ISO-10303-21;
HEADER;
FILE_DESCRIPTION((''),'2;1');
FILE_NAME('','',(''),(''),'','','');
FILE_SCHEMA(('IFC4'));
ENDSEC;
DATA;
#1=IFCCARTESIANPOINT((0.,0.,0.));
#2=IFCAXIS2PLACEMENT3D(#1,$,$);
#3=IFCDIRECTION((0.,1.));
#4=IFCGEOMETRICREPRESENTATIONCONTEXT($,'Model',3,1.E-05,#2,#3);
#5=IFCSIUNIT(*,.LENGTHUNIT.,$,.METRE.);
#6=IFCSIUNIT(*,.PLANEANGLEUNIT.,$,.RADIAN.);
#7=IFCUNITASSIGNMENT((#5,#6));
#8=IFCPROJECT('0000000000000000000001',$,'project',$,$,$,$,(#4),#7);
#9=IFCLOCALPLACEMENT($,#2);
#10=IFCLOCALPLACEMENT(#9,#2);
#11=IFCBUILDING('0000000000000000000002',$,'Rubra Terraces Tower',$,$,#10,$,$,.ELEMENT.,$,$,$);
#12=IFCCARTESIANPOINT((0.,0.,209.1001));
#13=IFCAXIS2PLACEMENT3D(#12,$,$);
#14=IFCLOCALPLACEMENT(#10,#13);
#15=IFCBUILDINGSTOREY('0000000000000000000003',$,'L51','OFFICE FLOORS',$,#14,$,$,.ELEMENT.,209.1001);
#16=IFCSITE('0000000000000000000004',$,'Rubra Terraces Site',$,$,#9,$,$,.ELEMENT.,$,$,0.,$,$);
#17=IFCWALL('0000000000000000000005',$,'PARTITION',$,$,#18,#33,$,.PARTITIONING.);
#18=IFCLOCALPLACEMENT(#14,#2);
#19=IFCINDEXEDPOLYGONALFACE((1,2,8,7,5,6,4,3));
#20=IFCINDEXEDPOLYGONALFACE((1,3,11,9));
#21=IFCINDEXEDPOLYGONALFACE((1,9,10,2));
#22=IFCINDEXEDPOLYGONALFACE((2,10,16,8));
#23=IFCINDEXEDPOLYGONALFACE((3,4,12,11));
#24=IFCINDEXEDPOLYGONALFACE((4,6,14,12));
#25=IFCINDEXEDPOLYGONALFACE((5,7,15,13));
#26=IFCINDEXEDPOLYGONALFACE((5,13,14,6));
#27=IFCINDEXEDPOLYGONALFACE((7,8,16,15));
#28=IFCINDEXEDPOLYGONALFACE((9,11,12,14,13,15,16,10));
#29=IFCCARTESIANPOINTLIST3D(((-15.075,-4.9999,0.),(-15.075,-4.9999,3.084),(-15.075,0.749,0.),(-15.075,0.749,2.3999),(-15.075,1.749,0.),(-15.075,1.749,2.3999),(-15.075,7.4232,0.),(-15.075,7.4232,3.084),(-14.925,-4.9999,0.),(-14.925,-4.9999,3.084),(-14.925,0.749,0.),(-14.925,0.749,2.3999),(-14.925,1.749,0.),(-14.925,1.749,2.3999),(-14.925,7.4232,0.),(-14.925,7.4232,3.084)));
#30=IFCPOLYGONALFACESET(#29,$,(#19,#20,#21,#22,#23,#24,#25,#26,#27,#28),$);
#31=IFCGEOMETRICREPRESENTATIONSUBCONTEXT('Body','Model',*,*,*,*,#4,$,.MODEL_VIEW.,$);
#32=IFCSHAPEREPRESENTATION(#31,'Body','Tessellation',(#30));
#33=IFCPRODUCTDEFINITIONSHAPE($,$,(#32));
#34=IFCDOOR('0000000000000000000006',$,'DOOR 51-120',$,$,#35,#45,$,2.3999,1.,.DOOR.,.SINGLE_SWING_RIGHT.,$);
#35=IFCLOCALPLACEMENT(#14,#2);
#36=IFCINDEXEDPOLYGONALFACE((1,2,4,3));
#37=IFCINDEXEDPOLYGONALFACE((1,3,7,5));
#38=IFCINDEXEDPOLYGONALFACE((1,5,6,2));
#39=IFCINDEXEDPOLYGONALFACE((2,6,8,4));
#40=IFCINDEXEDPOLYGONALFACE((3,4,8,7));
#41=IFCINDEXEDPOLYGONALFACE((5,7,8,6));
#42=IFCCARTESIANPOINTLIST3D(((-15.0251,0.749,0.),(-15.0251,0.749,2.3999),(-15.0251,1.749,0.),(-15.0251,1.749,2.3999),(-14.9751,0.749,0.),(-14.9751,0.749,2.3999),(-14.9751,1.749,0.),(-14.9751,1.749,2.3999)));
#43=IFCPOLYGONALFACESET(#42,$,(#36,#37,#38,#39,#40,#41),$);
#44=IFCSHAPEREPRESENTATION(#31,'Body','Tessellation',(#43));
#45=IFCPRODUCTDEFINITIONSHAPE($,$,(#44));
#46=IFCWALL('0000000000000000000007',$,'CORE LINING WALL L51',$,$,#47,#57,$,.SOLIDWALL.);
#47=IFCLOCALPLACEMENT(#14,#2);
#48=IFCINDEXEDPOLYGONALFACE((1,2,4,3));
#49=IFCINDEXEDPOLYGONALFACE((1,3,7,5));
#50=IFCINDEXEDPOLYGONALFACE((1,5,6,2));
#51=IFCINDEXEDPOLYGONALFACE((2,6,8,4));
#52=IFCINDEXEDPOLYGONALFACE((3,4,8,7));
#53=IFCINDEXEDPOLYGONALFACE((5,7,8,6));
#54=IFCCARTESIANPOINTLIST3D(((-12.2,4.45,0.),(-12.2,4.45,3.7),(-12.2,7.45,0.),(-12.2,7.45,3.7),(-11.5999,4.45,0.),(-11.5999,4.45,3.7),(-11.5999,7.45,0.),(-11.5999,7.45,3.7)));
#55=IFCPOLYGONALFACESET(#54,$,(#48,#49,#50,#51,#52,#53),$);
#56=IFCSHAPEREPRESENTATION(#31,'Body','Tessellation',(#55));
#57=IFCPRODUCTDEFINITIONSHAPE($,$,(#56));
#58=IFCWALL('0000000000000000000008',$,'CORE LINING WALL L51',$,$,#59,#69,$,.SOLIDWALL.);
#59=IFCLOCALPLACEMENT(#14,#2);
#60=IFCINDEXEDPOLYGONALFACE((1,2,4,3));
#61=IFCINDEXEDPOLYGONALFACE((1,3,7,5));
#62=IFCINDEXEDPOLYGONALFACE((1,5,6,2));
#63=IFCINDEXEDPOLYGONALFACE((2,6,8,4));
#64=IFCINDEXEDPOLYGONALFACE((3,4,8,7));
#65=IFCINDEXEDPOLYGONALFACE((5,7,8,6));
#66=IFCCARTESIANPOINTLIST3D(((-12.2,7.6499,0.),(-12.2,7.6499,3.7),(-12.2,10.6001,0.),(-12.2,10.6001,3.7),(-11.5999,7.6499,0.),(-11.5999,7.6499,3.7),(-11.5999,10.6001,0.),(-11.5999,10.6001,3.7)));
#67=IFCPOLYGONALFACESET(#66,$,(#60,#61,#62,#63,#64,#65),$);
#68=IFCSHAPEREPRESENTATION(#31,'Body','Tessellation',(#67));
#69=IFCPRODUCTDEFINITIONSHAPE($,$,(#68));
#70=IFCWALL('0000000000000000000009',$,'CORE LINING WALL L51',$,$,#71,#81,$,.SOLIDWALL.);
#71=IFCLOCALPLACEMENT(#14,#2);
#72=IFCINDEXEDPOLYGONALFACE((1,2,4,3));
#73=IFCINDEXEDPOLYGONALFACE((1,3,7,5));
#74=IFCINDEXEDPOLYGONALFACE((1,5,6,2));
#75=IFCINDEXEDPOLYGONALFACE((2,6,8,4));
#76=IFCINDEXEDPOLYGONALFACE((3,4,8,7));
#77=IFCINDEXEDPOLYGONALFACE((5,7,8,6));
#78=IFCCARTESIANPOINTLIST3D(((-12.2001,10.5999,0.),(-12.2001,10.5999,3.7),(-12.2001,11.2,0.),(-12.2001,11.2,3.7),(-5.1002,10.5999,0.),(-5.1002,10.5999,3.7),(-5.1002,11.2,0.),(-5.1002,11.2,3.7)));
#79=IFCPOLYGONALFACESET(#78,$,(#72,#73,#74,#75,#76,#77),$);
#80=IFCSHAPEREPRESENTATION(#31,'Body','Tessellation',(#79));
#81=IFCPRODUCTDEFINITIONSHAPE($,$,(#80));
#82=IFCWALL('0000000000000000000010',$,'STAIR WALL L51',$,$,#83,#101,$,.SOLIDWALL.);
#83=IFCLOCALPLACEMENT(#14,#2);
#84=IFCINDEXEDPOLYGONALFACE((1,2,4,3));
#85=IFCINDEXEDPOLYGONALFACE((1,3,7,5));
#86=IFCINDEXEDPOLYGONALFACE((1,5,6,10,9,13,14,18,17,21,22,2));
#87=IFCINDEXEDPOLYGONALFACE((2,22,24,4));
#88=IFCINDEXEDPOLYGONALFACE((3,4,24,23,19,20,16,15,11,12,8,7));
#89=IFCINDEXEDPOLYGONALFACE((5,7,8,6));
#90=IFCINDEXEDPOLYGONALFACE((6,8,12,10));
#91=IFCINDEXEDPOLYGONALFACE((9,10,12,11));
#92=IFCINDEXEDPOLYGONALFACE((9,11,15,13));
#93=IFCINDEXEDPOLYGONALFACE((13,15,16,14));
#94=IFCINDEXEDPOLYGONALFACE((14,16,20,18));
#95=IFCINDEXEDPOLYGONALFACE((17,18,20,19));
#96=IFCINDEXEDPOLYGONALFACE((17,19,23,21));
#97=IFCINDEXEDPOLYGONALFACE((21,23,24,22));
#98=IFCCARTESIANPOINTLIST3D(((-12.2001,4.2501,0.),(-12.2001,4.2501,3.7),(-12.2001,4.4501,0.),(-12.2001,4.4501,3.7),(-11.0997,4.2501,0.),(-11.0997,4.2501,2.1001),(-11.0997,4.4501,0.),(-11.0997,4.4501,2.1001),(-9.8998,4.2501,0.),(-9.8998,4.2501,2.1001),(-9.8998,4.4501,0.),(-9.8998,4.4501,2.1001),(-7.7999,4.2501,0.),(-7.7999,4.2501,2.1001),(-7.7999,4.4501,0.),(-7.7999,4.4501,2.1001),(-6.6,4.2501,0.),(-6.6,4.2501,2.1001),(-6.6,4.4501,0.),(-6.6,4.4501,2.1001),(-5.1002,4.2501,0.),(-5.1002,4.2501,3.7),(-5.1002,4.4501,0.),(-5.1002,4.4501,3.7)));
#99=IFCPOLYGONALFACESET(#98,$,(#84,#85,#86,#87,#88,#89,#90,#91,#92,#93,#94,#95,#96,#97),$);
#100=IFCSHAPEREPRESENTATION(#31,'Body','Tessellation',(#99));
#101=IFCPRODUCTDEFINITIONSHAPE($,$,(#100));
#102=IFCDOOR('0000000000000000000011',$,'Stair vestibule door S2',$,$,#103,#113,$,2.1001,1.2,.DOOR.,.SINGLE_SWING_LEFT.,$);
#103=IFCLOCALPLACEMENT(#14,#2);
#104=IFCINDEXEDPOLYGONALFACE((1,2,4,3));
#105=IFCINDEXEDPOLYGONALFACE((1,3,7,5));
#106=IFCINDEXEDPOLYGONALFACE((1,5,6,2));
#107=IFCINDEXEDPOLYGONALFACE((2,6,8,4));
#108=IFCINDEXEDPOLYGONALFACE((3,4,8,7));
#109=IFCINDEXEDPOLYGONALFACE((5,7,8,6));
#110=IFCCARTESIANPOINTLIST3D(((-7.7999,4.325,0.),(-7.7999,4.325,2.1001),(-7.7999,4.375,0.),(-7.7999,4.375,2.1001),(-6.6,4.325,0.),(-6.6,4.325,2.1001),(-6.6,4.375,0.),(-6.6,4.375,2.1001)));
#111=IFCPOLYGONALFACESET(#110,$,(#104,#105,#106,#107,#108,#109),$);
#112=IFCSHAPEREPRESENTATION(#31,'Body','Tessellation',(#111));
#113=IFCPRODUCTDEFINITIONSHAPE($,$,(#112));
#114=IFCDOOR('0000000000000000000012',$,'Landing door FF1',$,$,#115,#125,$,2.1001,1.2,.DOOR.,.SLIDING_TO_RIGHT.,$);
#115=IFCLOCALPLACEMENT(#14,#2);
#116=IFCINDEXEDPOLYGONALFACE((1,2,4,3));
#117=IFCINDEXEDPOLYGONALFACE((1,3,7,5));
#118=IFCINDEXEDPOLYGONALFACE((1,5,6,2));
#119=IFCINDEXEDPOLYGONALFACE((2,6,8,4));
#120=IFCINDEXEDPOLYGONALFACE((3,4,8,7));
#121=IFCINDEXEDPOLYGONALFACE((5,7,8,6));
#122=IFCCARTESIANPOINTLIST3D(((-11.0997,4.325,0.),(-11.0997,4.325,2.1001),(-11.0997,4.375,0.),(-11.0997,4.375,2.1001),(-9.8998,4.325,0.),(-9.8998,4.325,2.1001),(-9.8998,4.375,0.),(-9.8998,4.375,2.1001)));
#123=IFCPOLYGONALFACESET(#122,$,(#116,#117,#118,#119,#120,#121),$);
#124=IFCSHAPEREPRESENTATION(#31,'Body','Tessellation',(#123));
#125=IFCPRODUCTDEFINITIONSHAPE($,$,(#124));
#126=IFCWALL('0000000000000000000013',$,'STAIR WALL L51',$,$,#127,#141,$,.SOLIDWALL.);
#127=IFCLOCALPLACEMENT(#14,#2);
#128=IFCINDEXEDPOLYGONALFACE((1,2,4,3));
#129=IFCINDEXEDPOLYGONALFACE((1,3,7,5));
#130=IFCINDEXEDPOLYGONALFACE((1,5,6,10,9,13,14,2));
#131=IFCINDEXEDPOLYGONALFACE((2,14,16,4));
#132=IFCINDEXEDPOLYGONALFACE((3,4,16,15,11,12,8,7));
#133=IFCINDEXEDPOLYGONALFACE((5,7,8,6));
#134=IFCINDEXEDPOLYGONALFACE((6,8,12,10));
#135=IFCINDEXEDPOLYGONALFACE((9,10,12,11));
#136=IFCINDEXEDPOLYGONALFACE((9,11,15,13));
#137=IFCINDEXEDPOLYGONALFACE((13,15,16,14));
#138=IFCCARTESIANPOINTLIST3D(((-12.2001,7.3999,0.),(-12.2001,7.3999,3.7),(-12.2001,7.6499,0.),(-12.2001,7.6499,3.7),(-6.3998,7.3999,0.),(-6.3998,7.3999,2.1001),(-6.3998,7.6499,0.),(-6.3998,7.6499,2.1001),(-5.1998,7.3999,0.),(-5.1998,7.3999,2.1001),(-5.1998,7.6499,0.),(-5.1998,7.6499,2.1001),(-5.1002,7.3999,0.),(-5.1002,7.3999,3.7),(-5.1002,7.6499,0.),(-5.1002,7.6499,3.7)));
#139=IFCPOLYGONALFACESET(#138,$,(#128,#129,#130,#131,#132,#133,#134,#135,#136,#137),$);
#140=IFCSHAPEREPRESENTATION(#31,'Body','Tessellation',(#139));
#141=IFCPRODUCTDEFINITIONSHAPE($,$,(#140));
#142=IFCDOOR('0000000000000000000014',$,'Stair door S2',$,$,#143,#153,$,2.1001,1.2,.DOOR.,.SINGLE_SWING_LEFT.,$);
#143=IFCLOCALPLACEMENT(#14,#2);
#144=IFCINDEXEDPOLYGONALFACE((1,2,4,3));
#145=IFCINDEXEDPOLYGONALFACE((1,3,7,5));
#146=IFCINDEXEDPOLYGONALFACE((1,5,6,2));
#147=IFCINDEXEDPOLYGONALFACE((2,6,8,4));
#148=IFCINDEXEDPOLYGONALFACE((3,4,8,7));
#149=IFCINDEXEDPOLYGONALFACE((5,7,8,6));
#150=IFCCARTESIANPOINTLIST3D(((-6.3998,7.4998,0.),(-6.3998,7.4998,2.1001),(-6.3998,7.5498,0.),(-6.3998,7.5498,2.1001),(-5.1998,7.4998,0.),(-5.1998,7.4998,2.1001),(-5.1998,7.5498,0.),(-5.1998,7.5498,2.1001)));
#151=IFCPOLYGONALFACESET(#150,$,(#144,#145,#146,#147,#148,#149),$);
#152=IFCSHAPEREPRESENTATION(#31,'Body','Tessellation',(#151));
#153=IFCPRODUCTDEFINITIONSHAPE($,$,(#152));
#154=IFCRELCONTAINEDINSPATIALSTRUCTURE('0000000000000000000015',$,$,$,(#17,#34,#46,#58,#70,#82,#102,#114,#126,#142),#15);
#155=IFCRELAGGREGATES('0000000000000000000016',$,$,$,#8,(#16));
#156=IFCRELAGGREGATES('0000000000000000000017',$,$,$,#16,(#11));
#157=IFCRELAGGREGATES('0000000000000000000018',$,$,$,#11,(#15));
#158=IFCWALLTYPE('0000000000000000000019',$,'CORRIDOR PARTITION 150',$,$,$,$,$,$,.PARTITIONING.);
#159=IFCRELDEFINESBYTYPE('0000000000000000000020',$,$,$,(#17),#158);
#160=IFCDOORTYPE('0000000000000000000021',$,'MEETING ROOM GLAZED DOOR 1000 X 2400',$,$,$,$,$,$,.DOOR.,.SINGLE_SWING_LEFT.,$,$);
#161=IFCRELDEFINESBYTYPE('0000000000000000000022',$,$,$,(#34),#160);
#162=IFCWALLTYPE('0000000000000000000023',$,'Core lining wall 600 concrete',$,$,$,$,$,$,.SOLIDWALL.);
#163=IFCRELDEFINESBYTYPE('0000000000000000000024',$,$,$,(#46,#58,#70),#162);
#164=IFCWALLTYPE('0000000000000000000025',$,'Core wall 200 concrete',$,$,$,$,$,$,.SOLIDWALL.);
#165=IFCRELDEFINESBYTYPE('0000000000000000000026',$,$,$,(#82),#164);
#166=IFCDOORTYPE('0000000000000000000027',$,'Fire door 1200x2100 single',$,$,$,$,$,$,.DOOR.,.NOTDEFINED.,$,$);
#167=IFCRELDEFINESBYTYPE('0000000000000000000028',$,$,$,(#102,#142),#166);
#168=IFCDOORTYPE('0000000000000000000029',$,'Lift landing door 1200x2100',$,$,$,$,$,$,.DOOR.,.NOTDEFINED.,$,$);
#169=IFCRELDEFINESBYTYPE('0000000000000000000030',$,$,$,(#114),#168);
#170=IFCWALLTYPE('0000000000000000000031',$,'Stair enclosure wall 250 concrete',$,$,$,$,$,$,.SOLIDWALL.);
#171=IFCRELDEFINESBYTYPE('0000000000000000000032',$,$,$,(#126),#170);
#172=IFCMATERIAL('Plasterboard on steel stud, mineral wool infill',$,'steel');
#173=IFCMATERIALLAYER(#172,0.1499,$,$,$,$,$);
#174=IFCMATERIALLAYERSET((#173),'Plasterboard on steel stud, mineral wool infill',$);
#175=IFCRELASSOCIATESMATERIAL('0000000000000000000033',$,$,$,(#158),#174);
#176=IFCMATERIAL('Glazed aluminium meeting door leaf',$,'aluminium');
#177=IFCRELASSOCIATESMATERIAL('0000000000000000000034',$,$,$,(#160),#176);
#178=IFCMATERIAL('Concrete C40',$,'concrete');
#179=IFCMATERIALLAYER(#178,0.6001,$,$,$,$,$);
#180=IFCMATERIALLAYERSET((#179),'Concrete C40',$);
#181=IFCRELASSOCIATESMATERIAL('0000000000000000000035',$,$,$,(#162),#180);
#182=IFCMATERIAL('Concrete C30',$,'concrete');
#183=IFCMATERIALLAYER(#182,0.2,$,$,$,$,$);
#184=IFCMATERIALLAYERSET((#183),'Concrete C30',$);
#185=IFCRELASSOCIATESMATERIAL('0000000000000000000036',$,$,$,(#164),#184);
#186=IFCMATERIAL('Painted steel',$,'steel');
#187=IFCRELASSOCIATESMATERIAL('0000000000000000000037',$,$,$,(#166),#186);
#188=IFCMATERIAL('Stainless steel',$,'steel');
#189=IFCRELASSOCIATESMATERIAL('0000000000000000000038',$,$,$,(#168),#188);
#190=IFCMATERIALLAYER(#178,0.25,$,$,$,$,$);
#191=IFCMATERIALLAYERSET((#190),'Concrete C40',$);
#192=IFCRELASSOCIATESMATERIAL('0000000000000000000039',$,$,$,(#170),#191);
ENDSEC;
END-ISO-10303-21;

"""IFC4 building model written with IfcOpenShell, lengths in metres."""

from ifc_helpers import new_model, si_unit, direction, frame, frame_2d, origin, place, context, subcontext, project, spatial, rectangle, extrude, material, layer, layer_set, type_object, element, fill, save


model = new_model("IFC4")

# Units and contexts
model_context = context("Model", 3, precision=1e-05, world=origin(), true_north=direction((0.0, 1.0)))
body_context = subcontext(model_context, "Body", "Model", "MODEL_VIEW")
ifc_project = project(units=[si_unit("LENGTHUNIT", "METRE"), si_unit("PLANEANGLEUNIT", "RADIAN")], contexts=[model_context])

# Site, building, storey
site_placement = place(None, origin())
site = spatial("IfcSite", under=ifc_project, at=site_placement, Name="Rubra Terraces Site", CompositionType="ELEMENT", RefElevation=0.0)
building_placement = place(site_placement, origin())
building = spatial("IfcBuilding", under=site, at=building_placement, Name="Rubra Terraces Tower", CompositionType="ELEMENT")
storey_placement = place(building_placement, frame((0.0, 0.0, 209.1001)))
storey = spatial("IfcBuildingStorey", under=building, at=storey_placement, Name="L51", Description="OFFICE FLOORS", CompositionType="ELEMENT", Elevation=209.1001)

# Shared definitions
ifc_material_1 = material(Name="Painted steel", Category="steel")

# Shared definitions
ifc_material_2 = material(Name="Plasterboard on steel stud, mineral wool infill", Category="steel")
ifc_layer_1 = layer(ifc_material_2, 0.1499)
ifc_layer_set_1 = layer_set([ifc_layer_1], Name="Plasterboard on steel stud, mineral wool infill")
wall_type_1 = type_object("IfcWallType", Name="CORRIDOR PARTITION 150", PredefinedType="PARTITIONING", material=ifc_layer_set_1)

# Wall, opening, door
wall_1_placement = place(storey_placement, frame((-15.0, 7.4231, 0.0), z_axis=(0.0, 0.0, 1.0), x_axis=(0.0, -1.0, 0.0)))
wall_1 = element("IfcWall", 1, at=wall_1_placement, inside=storey, type_object=wall_type_1, Name="PARTITION", PredefinedType="PARTITIONING", context=body_context, shape_type="SweptSolid", body=[
    extrude(rectangle(XDim=12.4231, YDim=0.1499, at=frame_2d((6.2114, 0.0))), origin(), (0.0, 0.0, 1.0), 3.084),
])
opening_1_placement = place(wall_1_placement, frame((5.6741, 0.0, 0.0)))
opening_1 = element("IfcOpeningElement", 2, at=opening_1_placement, cuts=wall_1, PredefinedType="OPENING", context=body_context, shape_type="SweptSolid", body=[
    extrude(rectangle(XDim=1.0, YDim=2.3999, at=frame_2d((0.5, 1.2))), frame((0.0, 0.085, 0.0), z_axis=(0.0, -1.0, 0.0), x_axis=(1.0, 0.0, 0.0)), (0.0, 0.0, 1.0), 0.1699),
])
ifc_material_3 = material(Name="Glazed aluminium meeting door leaf", Category="aluminium")
door_type_1 = type_object("IfcDoorType", Name="MEETING ROOM GLAZED DOOR 1000 X 2400", OperationType="SINGLE_SWING_LEFT", PredefinedType="DOOR", material=ifc_material_3)
door_1_placement = place(opening_1_placement, origin())
door_1 = element("IfcDoor", 3, at=door_1_placement, inside=storey, type_object=door_type_1, Name="DOOR 51-120", OperationType="SINGLE_SWING_RIGHT", OverallHeight=2.3999, OverallWidth=1.0, PredefinedType="DOOR", context=body_context, shape_type="SweptSolid", body=[
    extrude(rectangle(XDim=1.0, YDim=2.3999, at=frame_2d((0.5, 1.2))), frame((0.0, 0.0249, 0.0), z_axis=(0.0, -1.0, 0.0), x_axis=(1.0, 0.0, 0.0)), (0.0, 0.0, 1.0), 0.05),
])
fill(opening_1, door_1)

# Walls
ifc_material_4 = material(Name="Concrete C40", Category="concrete")
ifc_layer_2 = layer(ifc_material_4, 0.6001)
ifc_layer_set_2 = layer_set([ifc_layer_2], Name="Concrete C40")
wall_type_2 = type_object("IfcWallType", Name="Core lining wall 600 concrete", PredefinedType="SOLIDWALL", material=ifc_layer_set_2)
wall_2_placement = place(storey_placement, frame((-11.8999, 4.45, 0.0), z_axis=(0.0, 0.0, 1.0), x_axis=(0.0, 1.0, 0.0)))
element("IfcWall", 4, at=wall_2_placement, inside=storey, type_object=wall_type_2, Name="CORE LINING WALL L51", PredefinedType="SOLIDWALL", context=body_context, shape_type="SweptSolid", body=[
    extrude(rectangle(XDim=3.0, YDim=0.6001, at=frame_2d((1.5, 0.0))), origin(), (0.0, 0.0, 1.0), 3.7),
])
wall_3_placement = place(storey_placement, frame((-11.8999, 7.6499, 0.0), z_axis=(0.0, 0.0, 1.0), x_axis=(0.0, 1.0, 0.0)))
element("IfcWall", 5, at=wall_3_placement, inside=storey, type_object=wall_type_2, Name="CORE LINING WALL L51", PredefinedType="SOLIDWALL", context=body_context, shape_type="SweptSolid", body=[
    extrude(rectangle(XDim=2.9502, YDim=0.6001, at=frame_2d((1.4751, 0.0))), origin(), (0.0, 0.0, 1.0), 3.7),
])
wall_4_placement = place(storey_placement, frame((-12.2, 10.8999, 0.0), z_axis=(0.0, 0.0, 1.0), x_axis=(1.0, 0.0, 0.0)))
element("IfcWall", 6, at=wall_4_placement, inside=storey, type_object=wall_type_2, Name="CORE LINING WALL L51", PredefinedType="SOLIDWALL", context=body_context, shape_type="SweptSolid", body=[
    extrude(rectangle(XDim=7.0999, YDim=0.6001, at=frame_2d((3.5498, 0.0))), origin(), (0.0, 0.0, 1.0), 3.7),
])

# Wall, openings, doors
ifc_material_5 = material(Name="Concrete C30", Category="concrete")
ifc_layer_3 = layer(ifc_material_5, 0.2)
ifc_layer_set_3 = layer_set([ifc_layer_3], Name="Concrete C30")
wall_type_3 = type_object("IfcWallType", Name="Core wall 200 concrete", PredefinedType="SOLIDWALL", material=ifc_layer_set_3)
wall_5_placement = place(storey_placement, frame((-12.2, 4.3501, 0.0), z_axis=(0.0, 0.0, 1.0), x_axis=(1.0, 0.0, 0.0)))
wall_5 = element("IfcWall", 7, at=wall_5_placement, inside=storey, type_object=wall_type_3, Name="STAIR WALL L51", PredefinedType="SOLIDWALL", context=body_context, shape_type="SweptSolid", body=[
    extrude(rectangle(XDim=7.0999, YDim=0.2, at=frame_2d((3.5498, 0.0))), origin(), (0.0, 0.0, 1.0), 3.7),
])
opening_2_placement = place(wall_5_placement, frame((4.3999, 0.0, 0.0)))
opening_2 = element("IfcOpeningElement", 8, at=opening_2_placement, cuts=wall_5, PredefinedType="OPENING", context=body_context, shape_type="SweptSolid", body=[
    extrude(rectangle(XDim=1.2, YDim=2.1001, at=frame_2d((0.6001, 1.05))), frame((0.0, 0.1099, 0.0), z_axis=(0.0, -1.0, 0.0), x_axis=(1.0, 0.0, 0.0)), (0.0, 0.0, 1.0), 0.22),
])
opening_3_placement = place(wall_5_placement, frame((1.1001, 0.0, 0.0)))
opening_3 = element("IfcOpeningElement", 9, at=opening_3_placement, cuts=wall_5, PredefinedType="OPENING", context=body_context, shape_type="SweptSolid", body=[
    extrude(rectangle(XDim=1.2, YDim=2.1001, at=frame_2d((0.6001, 1.05))), frame((0.0, 0.1099, 0.0), z_axis=(0.0, -1.0, 0.0), x_axis=(1.0, 0.0, 0.0)), (0.0, 0.0, 1.0), 0.22),
])
door_type_2 = type_object("IfcDoorType", Name="Fire door 1200x2100 single", OperationType="NOTDEFINED", PredefinedType="DOOR", material=ifc_material_1)
door_2_placement = place(opening_2_placement, origin())
door_2 = element("IfcDoor", 10, at=door_2_placement, inside=storey, type_object=door_type_2, Name="Stair vestibule door S2", OperationType="SINGLE_SWING_LEFT", OverallHeight=2.1001, OverallWidth=1.2, PredefinedType="DOOR", context=body_context, shape_type="SweptSolid", body=[
    extrude(rectangle(XDim=1.2, YDim=2.1001, at=frame_2d((0.6001, 1.05))), frame((0.0, 0.0249, 0.0), z_axis=(0.0, -1.0, 0.0), x_axis=(1.0, 0.0, 0.0)), (0.0, 0.0, 1.0), 0.05),
])
fill(opening_2, door_2)
ifc_material_6 = material(Name="Stainless steel", Category="steel")
door_type_3 = type_object("IfcDoorType", Name="Lift landing door 1200x2100", OperationType="NOTDEFINED", PredefinedType="DOOR", material=ifc_material_6)
door_3_placement = place(opening_3_placement, origin())
door_3 = element("IfcDoor", 11, at=door_3_placement, inside=storey, type_object=door_type_3, Name="Landing door FF1", OperationType="SLIDING_TO_RIGHT", OverallHeight=2.1001, OverallWidth=1.2, PredefinedType="DOOR", context=body_context, shape_type="SweptSolid", body=[
    extrude(rectangle(XDim=1.2, YDim=2.1001, at=frame_2d((0.6001, 1.05))), frame((0.0, 0.0249, 0.0), z_axis=(0.0, -1.0, 0.0), x_axis=(1.0, 0.0, 0.0)), (0.0, 0.0, 1.0), 0.05),
])
fill(opening_3, door_3)

# Wall, opening, door
ifc_layer_4 = layer(ifc_material_4, 0.25)
ifc_layer_set_4 = layer_set([ifc_layer_4], Name="Concrete C40")
wall_type_4 = type_object("IfcWallType", Name="Stair enclosure wall 250 concrete", PredefinedType="SOLIDWALL", material=ifc_layer_set_4)
wall_6_placement = place(storey_placement, frame((-12.2, 7.5249, 0.0), z_axis=(0.0, 0.0, 1.0), x_axis=(1.0, 0.0, 0.0)))
wall_6 = element("IfcWall", 12, at=wall_6_placement, inside=storey, type_object=wall_type_4, Name="STAIR WALL L51", PredefinedType="SOLIDWALL", context=body_context, shape_type="SweptSolid", body=[
    extrude(rectangle(XDim=7.0999, YDim=0.25, at=frame_2d((3.5498, 0.0))), origin(), (0.0, 0.0, 1.0), 3.7),
])
opening_4_placement = place(wall_6_placement, frame((5.8, 0.0, 0.0)))
opening_4 = element("IfcOpeningElement", 13, at=opening_4_placement, cuts=wall_6, PredefinedType="OPENING", context=body_context, shape_type="SweptSolid", body=[
    extrude(rectangle(XDim=1.2, YDim=2.1001, at=frame_2d((0.6001, 1.05))), frame((0.0, 0.135, 0.0), z_axis=(0.0, -1.0, 0.0), x_axis=(1.0, 0.0, 0.0)), (0.0, 0.0, 1.0), 0.27),
])
door_4_placement = place(opening_4_placement, origin())
door_4 = element("IfcDoor", 14, at=door_4_placement, inside=storey, type_object=door_type_2, Name="Stair door S2", OperationType="SINGLE_SWING_LEFT", OverallHeight=2.1001, OverallWidth=1.2, PredefinedType="DOOR", context=body_context, shape_type="SweptSolid", body=[
    extrude(rectangle(XDim=1.2, YDim=2.1001, at=frame_2d((0.6001, 1.05))), frame((0.0, 0.0249, 0.0), z_axis=(0.0, -1.0, 0.0), x_axis=(1.0, 0.0, 0.0)), (0.0, 0.0, 1.0), 0.05),
])
fill(opening_4, door_4)

save(model, "model.ifc")
